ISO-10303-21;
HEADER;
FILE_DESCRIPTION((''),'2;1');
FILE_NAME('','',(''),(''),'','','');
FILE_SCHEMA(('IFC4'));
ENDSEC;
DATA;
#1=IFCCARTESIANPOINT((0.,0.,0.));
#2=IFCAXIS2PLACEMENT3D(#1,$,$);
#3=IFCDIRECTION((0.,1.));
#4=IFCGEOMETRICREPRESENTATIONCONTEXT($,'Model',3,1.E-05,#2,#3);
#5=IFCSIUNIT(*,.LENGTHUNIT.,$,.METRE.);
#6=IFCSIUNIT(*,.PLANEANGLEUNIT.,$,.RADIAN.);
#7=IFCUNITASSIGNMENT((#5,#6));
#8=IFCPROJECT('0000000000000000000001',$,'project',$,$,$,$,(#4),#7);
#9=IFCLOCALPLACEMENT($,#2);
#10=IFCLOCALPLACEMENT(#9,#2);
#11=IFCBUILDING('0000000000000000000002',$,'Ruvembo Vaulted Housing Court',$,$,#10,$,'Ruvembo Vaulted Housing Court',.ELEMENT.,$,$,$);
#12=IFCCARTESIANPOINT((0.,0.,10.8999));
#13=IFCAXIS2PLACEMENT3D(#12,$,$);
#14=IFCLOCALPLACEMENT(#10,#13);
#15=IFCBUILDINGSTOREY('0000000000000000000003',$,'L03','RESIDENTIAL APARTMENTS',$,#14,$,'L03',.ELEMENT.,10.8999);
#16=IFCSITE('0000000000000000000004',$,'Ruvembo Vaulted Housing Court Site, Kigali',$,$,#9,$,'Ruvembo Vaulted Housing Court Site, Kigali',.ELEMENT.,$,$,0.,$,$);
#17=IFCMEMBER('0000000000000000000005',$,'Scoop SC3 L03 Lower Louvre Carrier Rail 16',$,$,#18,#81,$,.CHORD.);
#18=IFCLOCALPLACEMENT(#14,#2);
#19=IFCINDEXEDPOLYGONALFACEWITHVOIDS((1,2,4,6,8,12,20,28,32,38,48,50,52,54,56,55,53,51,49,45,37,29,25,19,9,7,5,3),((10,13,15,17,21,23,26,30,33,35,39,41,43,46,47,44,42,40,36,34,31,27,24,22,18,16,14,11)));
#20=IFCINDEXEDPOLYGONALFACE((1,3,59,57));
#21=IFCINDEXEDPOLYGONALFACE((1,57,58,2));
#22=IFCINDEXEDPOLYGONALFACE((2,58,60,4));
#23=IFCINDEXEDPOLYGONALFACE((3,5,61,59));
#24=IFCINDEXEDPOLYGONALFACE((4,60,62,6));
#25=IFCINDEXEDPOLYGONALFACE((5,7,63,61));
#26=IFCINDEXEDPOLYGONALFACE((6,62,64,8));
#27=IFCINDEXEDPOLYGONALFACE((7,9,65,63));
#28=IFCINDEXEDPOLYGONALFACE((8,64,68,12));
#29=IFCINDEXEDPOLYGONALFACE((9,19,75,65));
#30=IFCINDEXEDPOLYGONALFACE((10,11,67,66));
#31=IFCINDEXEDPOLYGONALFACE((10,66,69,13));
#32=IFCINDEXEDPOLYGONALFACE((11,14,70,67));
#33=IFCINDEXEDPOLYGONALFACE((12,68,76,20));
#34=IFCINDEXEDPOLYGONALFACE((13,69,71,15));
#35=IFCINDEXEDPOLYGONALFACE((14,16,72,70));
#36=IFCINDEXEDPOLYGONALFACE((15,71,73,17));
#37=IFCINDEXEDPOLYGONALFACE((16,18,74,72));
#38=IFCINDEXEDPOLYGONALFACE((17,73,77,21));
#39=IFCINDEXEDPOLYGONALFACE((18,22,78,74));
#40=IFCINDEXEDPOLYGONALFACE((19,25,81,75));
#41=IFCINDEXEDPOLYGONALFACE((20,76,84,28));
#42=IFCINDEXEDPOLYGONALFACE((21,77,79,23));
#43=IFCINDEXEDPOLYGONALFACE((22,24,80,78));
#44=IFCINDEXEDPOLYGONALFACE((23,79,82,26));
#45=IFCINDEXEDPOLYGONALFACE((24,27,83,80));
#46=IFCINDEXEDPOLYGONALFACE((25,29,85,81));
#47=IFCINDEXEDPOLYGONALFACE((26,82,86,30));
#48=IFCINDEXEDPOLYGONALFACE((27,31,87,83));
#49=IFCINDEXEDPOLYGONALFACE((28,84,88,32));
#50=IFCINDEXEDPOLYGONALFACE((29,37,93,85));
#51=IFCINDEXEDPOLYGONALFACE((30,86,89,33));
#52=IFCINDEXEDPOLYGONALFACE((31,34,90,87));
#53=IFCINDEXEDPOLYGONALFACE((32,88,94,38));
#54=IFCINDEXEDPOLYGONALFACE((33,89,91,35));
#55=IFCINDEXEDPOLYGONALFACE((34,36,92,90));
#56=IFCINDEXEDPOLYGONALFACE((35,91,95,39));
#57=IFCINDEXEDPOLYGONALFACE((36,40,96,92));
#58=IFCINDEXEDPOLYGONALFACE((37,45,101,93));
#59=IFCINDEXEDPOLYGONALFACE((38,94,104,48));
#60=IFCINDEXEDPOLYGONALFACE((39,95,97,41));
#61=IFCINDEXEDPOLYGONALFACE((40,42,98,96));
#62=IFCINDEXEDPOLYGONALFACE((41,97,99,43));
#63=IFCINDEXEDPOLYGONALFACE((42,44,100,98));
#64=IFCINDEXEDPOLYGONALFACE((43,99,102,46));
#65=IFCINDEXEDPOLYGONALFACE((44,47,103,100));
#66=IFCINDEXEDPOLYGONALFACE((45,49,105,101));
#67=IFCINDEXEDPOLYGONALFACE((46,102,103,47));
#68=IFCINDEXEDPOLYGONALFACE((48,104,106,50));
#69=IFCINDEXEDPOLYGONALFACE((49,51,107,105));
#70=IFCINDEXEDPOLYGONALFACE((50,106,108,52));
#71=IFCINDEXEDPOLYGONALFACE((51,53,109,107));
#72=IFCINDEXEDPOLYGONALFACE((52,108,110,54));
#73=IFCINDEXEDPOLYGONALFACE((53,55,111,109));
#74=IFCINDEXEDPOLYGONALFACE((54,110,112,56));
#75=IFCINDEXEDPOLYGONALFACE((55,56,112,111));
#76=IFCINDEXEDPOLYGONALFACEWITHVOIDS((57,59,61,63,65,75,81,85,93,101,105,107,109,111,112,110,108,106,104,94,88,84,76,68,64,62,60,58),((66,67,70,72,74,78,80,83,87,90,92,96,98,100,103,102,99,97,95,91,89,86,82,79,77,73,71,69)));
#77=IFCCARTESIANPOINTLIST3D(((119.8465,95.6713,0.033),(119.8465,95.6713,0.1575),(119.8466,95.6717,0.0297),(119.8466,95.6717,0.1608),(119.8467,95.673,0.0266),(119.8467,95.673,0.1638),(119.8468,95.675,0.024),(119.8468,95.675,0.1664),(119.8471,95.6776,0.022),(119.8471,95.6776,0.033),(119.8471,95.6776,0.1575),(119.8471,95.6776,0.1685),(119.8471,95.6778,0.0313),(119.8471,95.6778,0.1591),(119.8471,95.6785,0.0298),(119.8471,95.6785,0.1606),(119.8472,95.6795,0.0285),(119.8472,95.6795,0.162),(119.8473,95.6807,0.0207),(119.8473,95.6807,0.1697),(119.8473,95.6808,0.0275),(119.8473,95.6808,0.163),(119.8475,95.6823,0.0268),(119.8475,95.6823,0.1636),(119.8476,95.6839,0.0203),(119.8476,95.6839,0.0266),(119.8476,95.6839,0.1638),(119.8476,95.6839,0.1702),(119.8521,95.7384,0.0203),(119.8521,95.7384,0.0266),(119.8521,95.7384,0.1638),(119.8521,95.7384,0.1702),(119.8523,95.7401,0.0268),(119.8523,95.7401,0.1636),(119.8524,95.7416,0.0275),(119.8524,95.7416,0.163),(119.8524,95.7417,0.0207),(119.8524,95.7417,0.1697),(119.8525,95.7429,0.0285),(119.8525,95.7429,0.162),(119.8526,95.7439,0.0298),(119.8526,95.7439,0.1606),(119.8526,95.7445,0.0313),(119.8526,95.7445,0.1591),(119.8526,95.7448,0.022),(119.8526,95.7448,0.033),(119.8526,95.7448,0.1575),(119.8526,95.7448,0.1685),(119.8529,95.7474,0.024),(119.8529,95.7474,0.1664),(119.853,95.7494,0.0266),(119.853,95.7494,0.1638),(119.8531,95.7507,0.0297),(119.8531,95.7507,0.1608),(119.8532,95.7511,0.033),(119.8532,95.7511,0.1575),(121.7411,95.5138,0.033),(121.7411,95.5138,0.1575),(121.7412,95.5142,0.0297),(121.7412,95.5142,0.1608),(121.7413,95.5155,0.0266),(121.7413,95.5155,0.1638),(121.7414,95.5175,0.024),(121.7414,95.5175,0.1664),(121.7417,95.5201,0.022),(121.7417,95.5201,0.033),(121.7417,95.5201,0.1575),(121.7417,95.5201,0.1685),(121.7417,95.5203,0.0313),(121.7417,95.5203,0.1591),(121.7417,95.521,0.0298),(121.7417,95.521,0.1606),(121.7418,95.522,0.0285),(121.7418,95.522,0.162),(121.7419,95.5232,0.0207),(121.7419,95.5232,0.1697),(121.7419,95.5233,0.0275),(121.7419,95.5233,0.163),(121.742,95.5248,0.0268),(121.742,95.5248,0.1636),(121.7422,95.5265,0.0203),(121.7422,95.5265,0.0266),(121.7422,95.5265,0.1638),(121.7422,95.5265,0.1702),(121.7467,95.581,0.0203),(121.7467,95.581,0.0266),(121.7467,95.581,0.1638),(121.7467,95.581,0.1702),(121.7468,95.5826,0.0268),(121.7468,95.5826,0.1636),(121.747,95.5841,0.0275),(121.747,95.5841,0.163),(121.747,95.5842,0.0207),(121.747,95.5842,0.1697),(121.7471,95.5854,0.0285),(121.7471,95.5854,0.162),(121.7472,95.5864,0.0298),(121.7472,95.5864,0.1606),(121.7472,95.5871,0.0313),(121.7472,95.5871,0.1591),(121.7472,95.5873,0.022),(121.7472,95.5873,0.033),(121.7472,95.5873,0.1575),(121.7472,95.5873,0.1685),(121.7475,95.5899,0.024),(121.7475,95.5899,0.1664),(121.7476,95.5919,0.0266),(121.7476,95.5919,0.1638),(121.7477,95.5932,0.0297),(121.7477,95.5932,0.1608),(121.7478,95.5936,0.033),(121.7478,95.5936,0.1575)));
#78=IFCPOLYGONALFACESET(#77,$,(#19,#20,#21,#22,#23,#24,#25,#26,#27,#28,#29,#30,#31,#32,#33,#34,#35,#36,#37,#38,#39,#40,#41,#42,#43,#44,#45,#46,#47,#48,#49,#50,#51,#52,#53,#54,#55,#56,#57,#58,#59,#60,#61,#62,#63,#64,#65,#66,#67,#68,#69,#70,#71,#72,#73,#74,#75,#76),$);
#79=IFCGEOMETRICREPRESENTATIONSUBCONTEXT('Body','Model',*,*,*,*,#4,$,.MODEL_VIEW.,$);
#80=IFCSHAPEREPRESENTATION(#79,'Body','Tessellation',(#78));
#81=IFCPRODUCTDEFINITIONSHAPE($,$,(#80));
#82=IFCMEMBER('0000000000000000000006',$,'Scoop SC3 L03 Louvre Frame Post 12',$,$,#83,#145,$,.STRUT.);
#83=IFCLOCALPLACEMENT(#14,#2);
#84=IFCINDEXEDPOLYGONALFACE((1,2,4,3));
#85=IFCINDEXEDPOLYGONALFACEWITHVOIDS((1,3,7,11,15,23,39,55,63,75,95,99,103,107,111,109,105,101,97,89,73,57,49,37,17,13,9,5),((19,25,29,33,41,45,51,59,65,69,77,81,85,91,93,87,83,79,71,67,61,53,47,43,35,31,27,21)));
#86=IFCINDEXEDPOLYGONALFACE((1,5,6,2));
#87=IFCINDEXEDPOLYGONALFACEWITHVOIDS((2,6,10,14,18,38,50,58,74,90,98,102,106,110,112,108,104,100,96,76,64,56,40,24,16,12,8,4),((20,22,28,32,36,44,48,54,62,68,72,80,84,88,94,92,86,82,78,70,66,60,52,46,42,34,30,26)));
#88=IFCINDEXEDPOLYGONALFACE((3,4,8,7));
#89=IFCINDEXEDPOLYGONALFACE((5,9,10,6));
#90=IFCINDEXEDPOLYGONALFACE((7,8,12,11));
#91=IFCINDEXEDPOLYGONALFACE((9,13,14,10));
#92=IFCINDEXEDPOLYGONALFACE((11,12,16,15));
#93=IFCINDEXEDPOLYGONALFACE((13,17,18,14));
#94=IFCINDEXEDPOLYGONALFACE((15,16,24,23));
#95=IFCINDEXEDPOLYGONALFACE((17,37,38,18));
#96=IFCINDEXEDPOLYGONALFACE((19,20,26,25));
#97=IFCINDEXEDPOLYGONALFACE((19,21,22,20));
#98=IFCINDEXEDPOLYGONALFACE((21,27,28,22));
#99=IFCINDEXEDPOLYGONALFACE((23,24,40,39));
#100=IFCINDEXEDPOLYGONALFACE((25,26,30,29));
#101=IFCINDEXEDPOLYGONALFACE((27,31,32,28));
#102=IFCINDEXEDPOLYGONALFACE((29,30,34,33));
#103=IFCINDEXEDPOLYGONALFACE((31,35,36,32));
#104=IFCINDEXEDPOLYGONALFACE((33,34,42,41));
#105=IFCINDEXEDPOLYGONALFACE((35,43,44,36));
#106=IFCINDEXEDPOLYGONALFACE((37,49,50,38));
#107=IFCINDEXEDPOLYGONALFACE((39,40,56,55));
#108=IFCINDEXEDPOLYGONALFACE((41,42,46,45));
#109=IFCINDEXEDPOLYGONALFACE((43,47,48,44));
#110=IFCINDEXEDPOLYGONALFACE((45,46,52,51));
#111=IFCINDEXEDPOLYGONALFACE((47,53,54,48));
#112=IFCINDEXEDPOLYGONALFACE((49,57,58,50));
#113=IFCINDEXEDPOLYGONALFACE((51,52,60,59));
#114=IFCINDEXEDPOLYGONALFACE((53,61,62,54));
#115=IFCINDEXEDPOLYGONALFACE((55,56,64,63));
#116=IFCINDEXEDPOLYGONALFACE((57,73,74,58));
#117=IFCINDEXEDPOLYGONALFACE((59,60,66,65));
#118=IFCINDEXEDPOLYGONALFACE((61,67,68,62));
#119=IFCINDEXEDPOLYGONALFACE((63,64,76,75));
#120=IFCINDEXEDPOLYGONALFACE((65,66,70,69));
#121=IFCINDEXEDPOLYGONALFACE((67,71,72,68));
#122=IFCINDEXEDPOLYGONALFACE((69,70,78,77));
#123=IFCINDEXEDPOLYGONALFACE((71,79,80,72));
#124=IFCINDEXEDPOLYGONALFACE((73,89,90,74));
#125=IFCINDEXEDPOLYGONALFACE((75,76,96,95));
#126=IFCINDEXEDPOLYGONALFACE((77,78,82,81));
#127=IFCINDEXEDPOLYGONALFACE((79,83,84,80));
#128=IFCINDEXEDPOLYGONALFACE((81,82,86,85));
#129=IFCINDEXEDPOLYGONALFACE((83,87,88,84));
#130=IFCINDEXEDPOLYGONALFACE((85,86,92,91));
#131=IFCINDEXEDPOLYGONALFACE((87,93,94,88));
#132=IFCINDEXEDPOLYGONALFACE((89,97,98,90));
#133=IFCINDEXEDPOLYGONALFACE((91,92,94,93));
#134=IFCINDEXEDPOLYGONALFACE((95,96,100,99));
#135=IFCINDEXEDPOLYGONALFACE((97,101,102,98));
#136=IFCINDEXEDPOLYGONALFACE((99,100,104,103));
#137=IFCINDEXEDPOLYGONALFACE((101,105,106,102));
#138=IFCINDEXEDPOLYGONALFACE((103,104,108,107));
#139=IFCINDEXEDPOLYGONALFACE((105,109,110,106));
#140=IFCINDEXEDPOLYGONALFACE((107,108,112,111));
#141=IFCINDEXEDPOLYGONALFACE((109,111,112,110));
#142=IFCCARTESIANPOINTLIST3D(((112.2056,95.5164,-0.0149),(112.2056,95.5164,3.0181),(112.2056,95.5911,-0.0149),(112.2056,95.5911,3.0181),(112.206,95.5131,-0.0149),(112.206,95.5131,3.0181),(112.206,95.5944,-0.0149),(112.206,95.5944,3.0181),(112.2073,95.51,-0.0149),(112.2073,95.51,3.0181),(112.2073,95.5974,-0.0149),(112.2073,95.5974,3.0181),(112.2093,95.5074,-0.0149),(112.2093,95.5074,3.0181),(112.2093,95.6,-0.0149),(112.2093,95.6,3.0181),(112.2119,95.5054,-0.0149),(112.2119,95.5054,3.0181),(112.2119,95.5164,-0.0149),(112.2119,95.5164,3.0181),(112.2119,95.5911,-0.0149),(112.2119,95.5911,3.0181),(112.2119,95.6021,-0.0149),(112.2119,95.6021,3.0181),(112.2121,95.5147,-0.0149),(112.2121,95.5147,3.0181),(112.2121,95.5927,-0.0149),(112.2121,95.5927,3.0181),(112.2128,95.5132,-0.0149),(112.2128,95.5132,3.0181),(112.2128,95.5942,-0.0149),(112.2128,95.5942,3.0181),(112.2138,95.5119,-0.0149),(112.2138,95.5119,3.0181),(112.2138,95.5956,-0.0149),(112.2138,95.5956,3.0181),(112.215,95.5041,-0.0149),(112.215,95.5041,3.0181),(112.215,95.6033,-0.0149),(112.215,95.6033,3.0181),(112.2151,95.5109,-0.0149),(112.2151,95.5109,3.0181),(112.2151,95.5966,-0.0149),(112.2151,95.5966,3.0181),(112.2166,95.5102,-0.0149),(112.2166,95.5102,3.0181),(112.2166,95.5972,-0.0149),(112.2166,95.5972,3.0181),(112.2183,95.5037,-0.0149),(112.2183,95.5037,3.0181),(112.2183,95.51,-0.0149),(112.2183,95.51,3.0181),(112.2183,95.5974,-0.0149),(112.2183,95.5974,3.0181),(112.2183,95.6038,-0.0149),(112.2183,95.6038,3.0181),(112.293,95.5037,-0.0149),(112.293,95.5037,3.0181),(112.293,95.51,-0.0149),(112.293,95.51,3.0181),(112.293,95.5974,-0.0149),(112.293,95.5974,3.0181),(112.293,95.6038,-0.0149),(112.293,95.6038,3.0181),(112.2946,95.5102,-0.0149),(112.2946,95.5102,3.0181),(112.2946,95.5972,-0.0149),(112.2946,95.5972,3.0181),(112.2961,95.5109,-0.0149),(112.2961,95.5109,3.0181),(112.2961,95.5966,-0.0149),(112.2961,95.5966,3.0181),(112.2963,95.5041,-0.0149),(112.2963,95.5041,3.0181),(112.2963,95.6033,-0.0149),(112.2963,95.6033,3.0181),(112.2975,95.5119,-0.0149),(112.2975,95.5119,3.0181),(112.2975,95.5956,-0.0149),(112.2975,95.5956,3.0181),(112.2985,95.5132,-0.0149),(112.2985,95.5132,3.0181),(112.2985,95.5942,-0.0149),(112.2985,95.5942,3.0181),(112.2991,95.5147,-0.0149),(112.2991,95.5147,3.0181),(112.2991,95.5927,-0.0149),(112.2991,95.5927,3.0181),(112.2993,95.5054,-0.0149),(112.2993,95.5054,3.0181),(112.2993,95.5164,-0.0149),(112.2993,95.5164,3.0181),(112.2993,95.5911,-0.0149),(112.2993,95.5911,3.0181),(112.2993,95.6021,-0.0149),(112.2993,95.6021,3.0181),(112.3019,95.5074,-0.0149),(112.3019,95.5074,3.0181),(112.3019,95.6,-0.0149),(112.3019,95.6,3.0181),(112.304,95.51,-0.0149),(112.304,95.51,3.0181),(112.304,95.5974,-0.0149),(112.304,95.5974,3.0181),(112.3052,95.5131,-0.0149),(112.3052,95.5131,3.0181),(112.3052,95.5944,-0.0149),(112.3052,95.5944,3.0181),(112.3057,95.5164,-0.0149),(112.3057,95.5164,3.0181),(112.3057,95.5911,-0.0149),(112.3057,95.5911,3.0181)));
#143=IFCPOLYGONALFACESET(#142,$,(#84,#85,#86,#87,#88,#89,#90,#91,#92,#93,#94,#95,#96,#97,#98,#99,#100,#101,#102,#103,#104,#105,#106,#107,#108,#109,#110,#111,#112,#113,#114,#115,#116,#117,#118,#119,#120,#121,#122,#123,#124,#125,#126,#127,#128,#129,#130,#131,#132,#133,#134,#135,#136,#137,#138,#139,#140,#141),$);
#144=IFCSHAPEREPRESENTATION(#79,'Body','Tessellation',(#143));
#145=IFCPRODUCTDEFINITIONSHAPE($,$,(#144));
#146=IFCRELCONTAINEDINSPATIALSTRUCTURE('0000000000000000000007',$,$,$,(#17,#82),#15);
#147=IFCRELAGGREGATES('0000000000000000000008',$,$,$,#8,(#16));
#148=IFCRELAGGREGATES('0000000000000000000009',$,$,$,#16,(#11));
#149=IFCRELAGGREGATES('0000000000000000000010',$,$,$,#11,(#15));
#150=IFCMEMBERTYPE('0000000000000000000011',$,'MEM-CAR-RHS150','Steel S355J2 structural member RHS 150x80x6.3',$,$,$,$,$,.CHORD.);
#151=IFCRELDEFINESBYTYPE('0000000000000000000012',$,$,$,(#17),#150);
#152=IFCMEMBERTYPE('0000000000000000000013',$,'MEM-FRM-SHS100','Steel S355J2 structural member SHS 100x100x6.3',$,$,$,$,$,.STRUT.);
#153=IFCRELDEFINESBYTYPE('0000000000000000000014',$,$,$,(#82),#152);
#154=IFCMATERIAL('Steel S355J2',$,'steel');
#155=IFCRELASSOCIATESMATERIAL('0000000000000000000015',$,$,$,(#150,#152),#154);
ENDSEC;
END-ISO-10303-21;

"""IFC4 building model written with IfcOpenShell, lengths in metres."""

from ifc_helpers import new_model, si_unit, direction, frame, origin, origin_2d, place, context, subcontext, project, spatial, hollow_rectangle, extrude, material, material_profile, profile_set, type_object, element, save


model = new_model("IFC4")

# Units and contexts
model_context = context("Model", 3, precision=1e-05, world=origin(), true_north=direction((0.0, 1.0)))
body_context = subcontext(model_context, "Body", "Model", "MODEL_VIEW")
ifc_project = project(units=[si_unit("LENGTHUNIT", "METRE"), si_unit("PLANEANGLEUNIT", "RADIAN")], contexts=[model_context])

# Site, building, storey
site_placement = place(None, origin())
site = spatial("IfcSite", under=ifc_project, at=site_placement, Name="Ruvembo Vaulted Housing Court Site, Kigali", LongName="Ruvembo Vaulted Housing Court Site, Kigali", CompositionType="ELEMENT", RefElevation=0.0)
building_placement = place(site_placement, origin())
building = spatial("IfcBuilding", under=site, at=building_placement, Name="Ruvembo Vaulted Housing Court", LongName="Ruvembo Vaulted Housing Court", CompositionType="ELEMENT")
storey_placement = place(building_placement, frame((0.0, 0.0, 10.8999)))
storey = spatial("IfcBuildingStorey", under=building, at=storey_placement, Name="L03", Description="RESIDENTIAL APARTMENTS", LongName="L03", CompositionType="ELEMENT", Elevation=10.8999)

# Shared definitions
ifc_material_1 = material(Name="Steel S355J2", Category="steel")

# Members
ifc_material_profile_1 = material_profile(ifc_material_1, hollow_rectangle(XDim=0.0801, YDim=0.1499, WallThickness=0.0063, InnerFilletRadius=0.0063, OuterFilletRadius=0.0127, at=origin_2d()), Name="RHS 150x80x6.3")
ifc_profile_set_1 = profile_set([ifc_material_profile_1], Name="Steel S355J2")
member_type_1 = type_object("IfcMemberType", Name="MEM-CAR-RHS150", Description="Steel S355J2 structural member RHS 150x80x6.3", PredefinedType="CHORD", material=ifc_profile_set_1)
for number, where, z_axis, x_axis, name in (
    (1, (119.8499, 95.7112, 0.0952), (0.996563, -0.082833, 0.0), (0.082833, 0.996563, 0.0), "Scoop SC3 L03 Lower Louvre Carrier Rail 16"),
):
    element("IfcMember", number, at=place(storey_placement, frame(where, z_axis=z_axis, x_axis=x_axis)), inside=storey, type_object=member_type_1, Name=name, PredefinedType="CHORD", context=body_context, shape_type="SweptSolid", body=[
        extrude(hollow_rectangle(XDim=0.0801, YDim=0.1499, WallThickness=0.0063, InnerFilletRadius=0.0063, OuterFilletRadius=0.0127, at=origin_2d()), origin(), (0.0, 0.0, 1.0), 1.9011),
    ])
ifc_material_profile_2 = material_profile(ifc_material_1, hollow_rectangle(XDim=0.1001, YDim=0.1001, WallThickness=0.0063, InnerFilletRadius=0.0063, OuterFilletRadius=0.0127, at=origin_2d()), Name="SHS 100x100x6.3")
ifc_profile_set_2 = profile_set([ifc_material_profile_2], Name="Steel S355J2")
member_type_2 = type_object("IfcMemberType", Name="MEM-FRM-SHS100", Description="Steel S355J2 structural member SHS 100x100x6.3", PredefinedType="STRUT", material=ifc_profile_set_2)
for number, where, z_axis, x_axis, name in (
    (2, (112.2556, 95.5537, -0.0149), (0.0, 0.0, 1.0), (1.0, 0.0, 0.0), "Scoop SC3 L03 Louvre Frame Post 12"),
):
    element("IfcMember", number, at=place(storey_placement, frame(where, z_axis=z_axis, x_axis=x_axis)), inside=storey, type_object=member_type_2, Name=name, PredefinedType="STRUT", context=body_context, shape_type="SweptSolid", body=[
        extrude(hollow_rectangle(XDim=0.1001, YDim=0.1001, WallThickness=0.0063, InnerFilletRadius=0.0063, OuterFilletRadius=0.0127, at=origin_2d()), origin(), (0.0, 0.0, 1.0), 3.033),
    ])

save(model, "model.ifc")
